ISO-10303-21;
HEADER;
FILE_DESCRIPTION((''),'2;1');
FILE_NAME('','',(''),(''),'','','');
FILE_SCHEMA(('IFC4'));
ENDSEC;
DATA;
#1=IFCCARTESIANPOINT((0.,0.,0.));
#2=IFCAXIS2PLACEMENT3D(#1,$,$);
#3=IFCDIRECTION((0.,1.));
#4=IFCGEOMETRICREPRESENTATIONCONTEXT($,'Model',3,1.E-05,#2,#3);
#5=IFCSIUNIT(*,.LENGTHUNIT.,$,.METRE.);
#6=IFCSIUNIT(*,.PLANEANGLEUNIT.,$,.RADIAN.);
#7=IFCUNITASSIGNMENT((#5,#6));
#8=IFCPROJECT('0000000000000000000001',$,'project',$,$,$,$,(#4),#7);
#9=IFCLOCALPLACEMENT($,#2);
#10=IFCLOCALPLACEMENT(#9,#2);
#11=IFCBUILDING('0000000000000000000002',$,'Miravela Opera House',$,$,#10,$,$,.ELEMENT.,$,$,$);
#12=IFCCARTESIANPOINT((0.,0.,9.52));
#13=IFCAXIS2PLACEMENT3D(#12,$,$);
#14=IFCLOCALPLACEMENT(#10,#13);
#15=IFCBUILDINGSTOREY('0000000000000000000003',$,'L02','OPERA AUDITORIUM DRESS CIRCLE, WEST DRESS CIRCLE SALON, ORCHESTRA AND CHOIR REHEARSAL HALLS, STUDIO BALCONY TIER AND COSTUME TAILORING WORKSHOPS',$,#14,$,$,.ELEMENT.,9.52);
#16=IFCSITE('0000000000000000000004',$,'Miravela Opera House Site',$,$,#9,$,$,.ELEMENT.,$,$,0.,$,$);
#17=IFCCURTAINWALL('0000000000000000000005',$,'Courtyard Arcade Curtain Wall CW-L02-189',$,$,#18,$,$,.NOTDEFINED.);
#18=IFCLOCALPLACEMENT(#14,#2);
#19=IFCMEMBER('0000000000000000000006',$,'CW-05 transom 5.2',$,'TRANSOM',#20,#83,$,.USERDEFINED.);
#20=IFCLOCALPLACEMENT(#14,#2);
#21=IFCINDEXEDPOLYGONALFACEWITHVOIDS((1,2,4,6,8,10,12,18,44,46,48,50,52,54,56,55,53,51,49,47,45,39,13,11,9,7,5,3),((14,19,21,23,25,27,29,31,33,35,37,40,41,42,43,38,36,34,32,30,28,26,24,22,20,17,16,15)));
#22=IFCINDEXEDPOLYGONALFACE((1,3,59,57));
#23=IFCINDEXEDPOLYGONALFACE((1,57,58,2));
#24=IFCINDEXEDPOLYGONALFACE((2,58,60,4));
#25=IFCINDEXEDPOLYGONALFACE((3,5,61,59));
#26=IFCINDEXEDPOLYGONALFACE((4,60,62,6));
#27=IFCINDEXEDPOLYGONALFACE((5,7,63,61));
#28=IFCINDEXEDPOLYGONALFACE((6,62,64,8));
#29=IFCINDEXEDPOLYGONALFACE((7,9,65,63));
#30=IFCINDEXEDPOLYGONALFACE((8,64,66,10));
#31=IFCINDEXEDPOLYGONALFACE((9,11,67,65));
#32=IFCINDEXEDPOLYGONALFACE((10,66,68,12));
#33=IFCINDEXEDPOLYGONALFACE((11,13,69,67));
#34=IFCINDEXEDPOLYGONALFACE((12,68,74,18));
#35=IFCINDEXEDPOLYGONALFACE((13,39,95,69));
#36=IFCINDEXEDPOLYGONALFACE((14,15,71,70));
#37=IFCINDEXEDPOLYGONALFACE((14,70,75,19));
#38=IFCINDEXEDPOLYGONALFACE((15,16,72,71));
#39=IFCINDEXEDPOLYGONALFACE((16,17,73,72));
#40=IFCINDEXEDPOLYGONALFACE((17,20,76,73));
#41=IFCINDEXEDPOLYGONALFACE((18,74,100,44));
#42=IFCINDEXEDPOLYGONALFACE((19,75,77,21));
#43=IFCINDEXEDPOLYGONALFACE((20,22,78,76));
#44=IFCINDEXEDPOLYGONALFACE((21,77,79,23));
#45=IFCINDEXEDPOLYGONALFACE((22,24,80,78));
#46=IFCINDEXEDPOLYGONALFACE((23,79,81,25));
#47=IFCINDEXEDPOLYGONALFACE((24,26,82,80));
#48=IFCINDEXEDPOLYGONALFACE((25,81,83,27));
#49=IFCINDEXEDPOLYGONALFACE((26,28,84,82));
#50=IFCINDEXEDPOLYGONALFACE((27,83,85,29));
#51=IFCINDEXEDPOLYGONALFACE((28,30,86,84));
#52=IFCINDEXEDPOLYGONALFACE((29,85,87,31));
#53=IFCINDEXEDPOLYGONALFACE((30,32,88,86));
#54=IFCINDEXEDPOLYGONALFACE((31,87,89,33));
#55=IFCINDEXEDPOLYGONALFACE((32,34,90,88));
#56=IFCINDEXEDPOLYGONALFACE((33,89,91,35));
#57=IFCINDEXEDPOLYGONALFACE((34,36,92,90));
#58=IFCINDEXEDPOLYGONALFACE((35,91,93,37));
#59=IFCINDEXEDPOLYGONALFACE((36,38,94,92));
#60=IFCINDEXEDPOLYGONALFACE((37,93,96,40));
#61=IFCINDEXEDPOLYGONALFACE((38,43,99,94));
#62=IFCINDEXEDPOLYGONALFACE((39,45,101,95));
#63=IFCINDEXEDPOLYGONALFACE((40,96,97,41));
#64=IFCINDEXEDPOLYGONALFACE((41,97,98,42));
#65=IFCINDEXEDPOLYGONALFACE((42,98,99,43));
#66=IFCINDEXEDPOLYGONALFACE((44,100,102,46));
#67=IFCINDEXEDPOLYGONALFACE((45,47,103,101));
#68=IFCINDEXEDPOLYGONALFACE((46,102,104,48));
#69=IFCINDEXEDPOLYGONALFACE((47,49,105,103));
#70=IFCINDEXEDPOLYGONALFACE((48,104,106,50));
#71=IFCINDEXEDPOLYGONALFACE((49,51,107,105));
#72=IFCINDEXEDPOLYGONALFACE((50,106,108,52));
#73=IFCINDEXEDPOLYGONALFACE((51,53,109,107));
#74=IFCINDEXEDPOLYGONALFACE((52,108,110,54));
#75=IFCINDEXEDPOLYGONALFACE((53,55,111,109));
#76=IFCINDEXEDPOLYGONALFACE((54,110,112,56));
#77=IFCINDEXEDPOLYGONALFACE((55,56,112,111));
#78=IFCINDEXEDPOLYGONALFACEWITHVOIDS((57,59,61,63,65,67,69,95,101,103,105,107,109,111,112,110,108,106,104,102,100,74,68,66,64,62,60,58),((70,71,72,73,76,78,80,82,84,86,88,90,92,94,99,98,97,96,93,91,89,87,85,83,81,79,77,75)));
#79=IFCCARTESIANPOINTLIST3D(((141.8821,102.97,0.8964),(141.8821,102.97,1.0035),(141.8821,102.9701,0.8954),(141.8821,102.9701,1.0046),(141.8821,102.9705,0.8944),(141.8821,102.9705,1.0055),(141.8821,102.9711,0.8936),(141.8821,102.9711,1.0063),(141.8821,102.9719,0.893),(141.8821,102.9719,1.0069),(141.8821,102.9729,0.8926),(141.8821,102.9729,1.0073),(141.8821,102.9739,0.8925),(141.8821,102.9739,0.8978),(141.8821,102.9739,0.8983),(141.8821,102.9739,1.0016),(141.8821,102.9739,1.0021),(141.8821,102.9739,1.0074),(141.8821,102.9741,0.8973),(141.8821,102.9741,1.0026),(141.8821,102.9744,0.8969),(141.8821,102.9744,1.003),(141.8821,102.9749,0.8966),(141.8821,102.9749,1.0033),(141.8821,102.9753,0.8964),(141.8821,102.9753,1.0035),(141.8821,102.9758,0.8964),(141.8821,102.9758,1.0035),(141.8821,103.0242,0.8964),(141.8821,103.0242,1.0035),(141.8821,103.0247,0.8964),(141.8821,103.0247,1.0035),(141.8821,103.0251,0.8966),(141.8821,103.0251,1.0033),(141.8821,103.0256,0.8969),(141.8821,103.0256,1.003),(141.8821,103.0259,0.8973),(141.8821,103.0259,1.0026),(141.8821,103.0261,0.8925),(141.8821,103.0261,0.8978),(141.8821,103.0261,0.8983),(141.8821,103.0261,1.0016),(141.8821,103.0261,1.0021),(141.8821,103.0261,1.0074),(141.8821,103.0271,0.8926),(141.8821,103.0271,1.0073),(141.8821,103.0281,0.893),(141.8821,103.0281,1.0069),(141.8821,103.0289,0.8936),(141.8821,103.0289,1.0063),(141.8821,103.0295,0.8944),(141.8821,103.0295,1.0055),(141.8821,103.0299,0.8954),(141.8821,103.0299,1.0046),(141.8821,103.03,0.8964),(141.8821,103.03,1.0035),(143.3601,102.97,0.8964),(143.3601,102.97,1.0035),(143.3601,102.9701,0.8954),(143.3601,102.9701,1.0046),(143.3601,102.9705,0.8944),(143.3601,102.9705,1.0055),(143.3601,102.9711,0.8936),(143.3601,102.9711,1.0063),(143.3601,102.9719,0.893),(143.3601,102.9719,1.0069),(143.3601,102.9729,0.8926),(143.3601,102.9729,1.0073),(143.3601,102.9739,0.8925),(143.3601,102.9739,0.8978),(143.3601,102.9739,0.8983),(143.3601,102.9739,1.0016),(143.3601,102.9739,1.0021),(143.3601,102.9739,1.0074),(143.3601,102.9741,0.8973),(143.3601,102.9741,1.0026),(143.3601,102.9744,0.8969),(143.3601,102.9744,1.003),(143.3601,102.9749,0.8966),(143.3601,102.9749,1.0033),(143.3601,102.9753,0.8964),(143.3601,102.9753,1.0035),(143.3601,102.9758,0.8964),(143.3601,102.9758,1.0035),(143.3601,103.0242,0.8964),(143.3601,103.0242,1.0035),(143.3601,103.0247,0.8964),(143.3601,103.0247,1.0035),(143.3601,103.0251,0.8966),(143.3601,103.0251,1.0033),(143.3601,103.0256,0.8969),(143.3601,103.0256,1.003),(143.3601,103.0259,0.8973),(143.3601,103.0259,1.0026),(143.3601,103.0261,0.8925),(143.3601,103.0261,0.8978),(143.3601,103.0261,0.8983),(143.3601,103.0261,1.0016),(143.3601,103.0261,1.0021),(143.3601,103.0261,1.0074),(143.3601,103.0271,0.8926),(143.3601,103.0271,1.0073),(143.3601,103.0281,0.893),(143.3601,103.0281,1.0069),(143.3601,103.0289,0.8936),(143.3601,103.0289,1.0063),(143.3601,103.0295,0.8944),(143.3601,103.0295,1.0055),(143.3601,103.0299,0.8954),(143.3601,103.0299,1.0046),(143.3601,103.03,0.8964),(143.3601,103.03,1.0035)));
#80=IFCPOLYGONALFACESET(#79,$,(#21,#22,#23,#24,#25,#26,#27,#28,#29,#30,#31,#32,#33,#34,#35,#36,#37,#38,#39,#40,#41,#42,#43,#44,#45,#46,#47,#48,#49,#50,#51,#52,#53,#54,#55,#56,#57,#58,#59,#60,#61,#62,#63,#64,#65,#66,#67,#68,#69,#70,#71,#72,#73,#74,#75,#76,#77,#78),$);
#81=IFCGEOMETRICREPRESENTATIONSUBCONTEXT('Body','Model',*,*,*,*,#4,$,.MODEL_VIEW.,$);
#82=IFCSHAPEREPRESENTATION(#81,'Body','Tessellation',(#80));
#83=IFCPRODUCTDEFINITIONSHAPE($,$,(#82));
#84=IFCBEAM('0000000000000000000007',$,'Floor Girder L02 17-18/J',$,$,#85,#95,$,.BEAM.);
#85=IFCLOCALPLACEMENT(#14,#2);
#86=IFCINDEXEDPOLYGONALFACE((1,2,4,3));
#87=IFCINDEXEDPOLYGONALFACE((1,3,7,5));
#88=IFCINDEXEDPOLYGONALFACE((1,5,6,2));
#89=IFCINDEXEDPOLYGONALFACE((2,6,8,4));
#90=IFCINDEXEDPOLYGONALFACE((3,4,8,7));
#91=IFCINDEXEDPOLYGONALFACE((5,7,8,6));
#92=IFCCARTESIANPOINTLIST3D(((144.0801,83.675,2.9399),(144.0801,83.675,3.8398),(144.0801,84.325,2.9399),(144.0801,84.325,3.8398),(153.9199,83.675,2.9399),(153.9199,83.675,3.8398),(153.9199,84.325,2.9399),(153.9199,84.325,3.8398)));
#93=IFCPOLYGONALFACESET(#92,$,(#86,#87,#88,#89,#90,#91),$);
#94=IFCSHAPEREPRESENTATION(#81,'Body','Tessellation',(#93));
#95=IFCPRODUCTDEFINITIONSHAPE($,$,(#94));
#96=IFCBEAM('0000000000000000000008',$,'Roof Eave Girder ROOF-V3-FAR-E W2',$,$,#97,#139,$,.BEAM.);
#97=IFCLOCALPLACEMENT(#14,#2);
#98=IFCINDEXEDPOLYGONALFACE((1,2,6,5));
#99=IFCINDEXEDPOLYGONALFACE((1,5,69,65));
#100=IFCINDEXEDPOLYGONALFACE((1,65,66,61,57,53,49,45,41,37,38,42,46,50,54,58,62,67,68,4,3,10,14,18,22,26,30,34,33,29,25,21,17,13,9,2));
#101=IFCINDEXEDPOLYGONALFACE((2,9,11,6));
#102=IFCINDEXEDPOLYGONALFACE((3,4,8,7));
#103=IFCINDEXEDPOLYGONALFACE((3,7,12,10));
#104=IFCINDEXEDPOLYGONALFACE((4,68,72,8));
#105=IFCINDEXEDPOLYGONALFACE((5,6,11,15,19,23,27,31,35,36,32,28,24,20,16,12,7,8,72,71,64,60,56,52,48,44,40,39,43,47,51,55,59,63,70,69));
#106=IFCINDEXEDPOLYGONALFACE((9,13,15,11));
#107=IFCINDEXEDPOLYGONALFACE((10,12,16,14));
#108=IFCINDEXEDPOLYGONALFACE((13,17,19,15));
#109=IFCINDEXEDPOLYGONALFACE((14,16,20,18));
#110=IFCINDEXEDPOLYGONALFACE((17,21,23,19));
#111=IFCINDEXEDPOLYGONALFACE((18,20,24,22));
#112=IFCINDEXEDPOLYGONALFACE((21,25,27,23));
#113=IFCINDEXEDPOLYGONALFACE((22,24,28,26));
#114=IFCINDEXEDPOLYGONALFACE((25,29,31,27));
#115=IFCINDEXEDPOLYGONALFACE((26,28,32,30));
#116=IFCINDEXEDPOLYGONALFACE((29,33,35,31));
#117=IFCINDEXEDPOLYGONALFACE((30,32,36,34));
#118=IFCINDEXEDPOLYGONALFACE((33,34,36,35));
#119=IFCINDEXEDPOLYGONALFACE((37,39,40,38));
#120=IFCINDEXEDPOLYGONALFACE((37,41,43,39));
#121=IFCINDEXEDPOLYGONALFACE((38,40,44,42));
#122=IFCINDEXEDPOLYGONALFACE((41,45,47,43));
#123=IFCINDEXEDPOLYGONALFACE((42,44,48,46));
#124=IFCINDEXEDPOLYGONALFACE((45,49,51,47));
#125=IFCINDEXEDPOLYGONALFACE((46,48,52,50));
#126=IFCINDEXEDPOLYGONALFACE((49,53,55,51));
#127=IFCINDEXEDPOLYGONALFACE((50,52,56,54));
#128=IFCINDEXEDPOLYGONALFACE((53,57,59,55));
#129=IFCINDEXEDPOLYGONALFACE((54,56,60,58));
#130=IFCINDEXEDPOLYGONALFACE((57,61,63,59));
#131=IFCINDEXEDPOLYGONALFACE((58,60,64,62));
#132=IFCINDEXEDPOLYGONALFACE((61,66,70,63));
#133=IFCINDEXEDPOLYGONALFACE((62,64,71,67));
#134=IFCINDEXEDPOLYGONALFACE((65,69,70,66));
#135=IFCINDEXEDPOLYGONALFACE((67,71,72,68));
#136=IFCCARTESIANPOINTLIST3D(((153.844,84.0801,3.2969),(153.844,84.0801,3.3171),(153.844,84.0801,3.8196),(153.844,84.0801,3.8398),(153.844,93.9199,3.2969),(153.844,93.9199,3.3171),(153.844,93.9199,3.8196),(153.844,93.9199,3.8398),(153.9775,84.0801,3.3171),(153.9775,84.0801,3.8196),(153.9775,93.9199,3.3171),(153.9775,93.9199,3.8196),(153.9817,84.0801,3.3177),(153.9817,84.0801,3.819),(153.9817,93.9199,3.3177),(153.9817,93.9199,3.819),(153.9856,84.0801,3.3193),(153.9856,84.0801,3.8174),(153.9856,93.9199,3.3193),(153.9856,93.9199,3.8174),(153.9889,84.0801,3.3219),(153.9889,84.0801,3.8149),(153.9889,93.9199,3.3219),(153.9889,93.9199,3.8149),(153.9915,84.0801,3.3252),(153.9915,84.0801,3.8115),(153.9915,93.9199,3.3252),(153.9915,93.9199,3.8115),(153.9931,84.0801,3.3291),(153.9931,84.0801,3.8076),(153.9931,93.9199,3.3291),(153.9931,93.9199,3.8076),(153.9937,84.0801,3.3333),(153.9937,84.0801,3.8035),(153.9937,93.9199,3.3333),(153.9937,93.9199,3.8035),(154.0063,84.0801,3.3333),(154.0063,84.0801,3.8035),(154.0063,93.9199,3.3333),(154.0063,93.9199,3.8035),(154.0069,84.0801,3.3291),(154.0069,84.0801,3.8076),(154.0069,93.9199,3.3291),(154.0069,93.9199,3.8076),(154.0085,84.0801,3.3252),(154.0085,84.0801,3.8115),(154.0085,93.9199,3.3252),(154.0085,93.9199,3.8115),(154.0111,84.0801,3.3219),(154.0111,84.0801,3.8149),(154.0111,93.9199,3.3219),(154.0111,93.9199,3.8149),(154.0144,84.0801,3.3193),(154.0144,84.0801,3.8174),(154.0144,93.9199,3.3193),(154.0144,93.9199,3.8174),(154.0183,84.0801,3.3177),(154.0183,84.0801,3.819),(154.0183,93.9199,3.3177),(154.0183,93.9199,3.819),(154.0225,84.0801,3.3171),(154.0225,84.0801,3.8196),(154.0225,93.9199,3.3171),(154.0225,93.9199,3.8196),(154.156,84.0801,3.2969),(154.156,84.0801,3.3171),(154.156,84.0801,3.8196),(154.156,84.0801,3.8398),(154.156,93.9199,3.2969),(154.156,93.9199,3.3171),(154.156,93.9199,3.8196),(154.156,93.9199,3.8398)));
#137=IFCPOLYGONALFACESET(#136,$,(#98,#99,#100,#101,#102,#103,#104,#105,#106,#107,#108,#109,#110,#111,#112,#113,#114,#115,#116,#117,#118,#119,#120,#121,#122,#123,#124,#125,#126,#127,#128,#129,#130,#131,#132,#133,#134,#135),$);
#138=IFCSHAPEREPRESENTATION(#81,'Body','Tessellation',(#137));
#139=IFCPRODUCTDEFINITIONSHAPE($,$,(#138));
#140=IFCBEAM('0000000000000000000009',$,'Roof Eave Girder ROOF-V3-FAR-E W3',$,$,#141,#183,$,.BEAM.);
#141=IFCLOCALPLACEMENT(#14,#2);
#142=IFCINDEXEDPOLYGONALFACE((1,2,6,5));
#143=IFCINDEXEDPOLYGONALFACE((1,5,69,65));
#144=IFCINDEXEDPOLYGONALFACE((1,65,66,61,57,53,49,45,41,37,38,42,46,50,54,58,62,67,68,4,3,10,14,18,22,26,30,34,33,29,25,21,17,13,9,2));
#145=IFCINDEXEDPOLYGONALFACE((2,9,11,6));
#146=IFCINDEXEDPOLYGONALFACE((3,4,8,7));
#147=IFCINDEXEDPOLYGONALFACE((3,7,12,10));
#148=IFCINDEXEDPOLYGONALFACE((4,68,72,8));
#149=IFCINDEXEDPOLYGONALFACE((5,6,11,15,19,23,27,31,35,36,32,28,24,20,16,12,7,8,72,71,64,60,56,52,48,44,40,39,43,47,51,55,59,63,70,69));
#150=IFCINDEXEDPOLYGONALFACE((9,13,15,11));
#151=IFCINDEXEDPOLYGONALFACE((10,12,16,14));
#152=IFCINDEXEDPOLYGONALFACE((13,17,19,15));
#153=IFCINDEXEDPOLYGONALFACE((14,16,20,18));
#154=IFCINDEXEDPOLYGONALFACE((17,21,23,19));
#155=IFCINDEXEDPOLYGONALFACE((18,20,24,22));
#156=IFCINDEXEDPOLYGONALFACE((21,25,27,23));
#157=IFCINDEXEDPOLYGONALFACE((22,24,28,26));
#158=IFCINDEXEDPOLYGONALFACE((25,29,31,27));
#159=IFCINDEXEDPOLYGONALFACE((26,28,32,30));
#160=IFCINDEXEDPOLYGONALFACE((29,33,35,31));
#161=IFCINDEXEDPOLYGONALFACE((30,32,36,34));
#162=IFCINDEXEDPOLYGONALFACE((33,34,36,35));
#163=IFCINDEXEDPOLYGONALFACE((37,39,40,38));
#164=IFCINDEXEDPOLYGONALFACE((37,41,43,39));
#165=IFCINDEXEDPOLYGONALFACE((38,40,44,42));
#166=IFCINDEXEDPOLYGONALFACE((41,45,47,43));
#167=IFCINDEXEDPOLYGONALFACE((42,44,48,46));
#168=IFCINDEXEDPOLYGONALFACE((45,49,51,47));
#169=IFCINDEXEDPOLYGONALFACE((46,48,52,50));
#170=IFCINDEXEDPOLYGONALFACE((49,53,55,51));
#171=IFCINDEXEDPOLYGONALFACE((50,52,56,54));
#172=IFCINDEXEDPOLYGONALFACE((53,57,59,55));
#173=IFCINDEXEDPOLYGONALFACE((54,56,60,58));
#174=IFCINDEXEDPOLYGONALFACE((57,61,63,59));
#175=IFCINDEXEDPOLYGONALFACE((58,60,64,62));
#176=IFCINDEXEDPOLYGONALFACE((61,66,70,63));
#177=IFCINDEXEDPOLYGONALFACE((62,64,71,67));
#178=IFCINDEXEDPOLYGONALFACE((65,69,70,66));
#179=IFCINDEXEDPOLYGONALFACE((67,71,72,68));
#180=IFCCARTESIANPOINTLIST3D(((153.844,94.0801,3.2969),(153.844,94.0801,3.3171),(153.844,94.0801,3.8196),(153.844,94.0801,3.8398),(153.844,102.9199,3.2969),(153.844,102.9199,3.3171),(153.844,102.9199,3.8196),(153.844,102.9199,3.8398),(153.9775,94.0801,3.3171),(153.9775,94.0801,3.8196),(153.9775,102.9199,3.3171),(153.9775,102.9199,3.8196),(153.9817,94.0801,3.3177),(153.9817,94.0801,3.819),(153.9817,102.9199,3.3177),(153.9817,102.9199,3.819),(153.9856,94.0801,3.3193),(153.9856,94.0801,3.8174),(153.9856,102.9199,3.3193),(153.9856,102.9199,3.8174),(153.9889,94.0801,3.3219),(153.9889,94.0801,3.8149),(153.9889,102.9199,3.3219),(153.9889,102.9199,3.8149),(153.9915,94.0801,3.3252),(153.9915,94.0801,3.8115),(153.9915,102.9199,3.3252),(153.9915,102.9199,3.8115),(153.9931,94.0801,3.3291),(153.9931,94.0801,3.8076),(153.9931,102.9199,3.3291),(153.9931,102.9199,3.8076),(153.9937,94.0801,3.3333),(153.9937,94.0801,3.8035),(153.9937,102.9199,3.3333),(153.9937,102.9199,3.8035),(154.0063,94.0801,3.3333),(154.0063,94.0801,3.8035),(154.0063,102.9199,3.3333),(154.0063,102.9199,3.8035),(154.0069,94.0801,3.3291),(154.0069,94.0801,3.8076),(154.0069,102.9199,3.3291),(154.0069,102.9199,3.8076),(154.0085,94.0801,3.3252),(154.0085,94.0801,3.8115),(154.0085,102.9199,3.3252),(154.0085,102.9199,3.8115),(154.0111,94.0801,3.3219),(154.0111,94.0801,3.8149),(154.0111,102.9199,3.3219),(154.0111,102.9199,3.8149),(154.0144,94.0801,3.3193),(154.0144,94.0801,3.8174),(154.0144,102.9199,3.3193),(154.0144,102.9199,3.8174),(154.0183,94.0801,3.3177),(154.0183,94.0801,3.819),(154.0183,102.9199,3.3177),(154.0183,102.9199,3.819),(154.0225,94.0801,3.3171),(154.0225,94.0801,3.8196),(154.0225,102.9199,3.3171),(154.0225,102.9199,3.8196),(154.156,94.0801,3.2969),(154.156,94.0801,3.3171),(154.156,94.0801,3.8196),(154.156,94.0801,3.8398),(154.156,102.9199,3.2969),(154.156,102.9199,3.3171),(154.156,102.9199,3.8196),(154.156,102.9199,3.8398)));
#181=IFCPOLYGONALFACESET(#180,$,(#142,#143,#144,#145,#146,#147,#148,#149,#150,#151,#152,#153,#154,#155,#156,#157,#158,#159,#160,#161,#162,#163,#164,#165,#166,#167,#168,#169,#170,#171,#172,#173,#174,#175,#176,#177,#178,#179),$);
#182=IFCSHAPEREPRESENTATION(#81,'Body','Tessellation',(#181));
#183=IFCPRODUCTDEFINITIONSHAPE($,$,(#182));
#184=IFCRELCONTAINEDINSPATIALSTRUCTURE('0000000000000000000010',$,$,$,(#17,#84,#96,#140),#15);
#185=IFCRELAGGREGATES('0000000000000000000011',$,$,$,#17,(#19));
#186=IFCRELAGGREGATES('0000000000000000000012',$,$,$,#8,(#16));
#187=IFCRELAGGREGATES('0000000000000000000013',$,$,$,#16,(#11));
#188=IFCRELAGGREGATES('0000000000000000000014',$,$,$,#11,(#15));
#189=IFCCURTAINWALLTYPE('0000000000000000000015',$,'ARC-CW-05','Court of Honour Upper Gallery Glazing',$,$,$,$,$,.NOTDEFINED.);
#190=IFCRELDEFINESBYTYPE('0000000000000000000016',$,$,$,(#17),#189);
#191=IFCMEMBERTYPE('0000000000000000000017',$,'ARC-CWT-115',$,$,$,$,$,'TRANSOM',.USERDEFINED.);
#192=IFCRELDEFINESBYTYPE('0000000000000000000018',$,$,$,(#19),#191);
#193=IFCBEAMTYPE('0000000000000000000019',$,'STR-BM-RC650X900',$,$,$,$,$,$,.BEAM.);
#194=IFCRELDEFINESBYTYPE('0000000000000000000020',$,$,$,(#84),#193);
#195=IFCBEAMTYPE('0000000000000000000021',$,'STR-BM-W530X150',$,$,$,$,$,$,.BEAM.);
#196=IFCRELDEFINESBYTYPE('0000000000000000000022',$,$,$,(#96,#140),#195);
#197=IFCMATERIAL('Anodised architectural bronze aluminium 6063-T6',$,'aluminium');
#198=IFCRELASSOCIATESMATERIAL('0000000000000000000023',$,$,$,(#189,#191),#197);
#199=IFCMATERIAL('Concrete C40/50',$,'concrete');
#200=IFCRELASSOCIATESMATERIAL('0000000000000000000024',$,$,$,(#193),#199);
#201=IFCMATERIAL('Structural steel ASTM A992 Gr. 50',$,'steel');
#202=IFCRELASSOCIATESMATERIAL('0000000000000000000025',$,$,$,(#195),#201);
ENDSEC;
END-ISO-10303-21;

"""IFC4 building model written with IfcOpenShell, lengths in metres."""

from ifc_helpers import new_model, si_unit, direction, frame, origin, origin_2d, place, context, subcontext, project, spatial, rectangle, hollow_rectangle, i_section, extrude, material, material_profile, profile_set, type_object, element, aggregate, save


model = new_model("IFC4")

# Units and contexts
model_context = context("Model", 3, precision=1e-05, world=origin(), true_north=direction((0.0, 1.0)))
body_context = subcontext(model_context, "Body", "Model", "MODEL_VIEW")
ifc_project = project(units=[si_unit("LENGTHUNIT", "METRE"), si_unit("PLANEANGLEUNIT", "RADIAN")], contexts=[model_context])

# Site, building, storey
site_placement = place(None, origin())
site = spatial("IfcSite", under=ifc_project, at=site_placement, Name="Miravela Opera House Site", CompositionType="ELEMENT", RefElevation=0.0)
building_placement = place(site_placement, origin())
building = spatial("IfcBuilding", under=site, at=building_placement, Name="Miravela Opera House", CompositionType="ELEMENT")
storey_placement = place(building_placement, frame((0.0, 0.0, 9.52)))
storey = spatial("IfcBuildingStorey", under=building, at=storey_placement, Name="L02", Description="OPERA AUDITORIUM DRESS CIRCLE, WEST DRESS CIRCLE SALON, ORCHESTRA AND CHOIR REHEARSAL HALLS, STUDIO BALCONY TIER AND COSTUME TAILORING WORKSHOPS", CompositionType="ELEMENT", Elevation=9.52)

# Curtain wall, member
ifc_material_1 = material(Name="Anodised architectural bronze aluminium 6063-T6", Category="aluminium")
curtain_wall_type = type_object("IfcCurtainWallType", Name="ARC-CW-05", Description="Court of Honour Upper Gallery Glazing", PredefinedType="NOTDEFINED", material=ifc_material_1)
curtain_wall_1_placement = place(storey_placement, origin())
curtain_wall_1 = element("IfcCurtainWall", 1, at=curtain_wall_1_placement, inside=storey, type_object=curtain_wall_type, Name="Courtyard Arcade Curtain Wall CW-L02-189", PredefinedType="NOTDEFINED")
ifc_material_profile_1 = material_profile(ifc_material_1, hollow_rectangle(XDim=0.0601, YDim=0.115, WallThickness=0.0039, InnerFilletRadius=0.002, OuterFilletRadius=0.0039, at=origin_2d()), Name="CWT-60X115")
ifc_profile_set_1 = profile_set([ifc_material_profile_1])
member_type_1 = type_object("IfcMemberType", Name="ARC-CWT-115", ElementType="TRANSOM", PredefinedType="USERDEFINED", material=ifc_profile_set_1)
member_1_placement = place(storey_placement, frame((141.8821, 103.0, 0.95), z_axis=(1.0, 0.0, 0.0), x_axis=(0.0, 1.0, 0.0)))
member_1 = element("IfcMember", 2, at=member_1_placement, type_object=member_type_1, Name="CW-05 transom 5.2", ObjectType="TRANSOM", PredefinedType="USERDEFINED", context=body_context, shape_type="SweptSolid", body=[
    extrude(hollow_rectangle(XDim=0.0601, YDim=0.115, WallThickness=0.0039, InnerFilletRadius=0.002, OuterFilletRadius=0.0039, at=origin_2d()), origin(), (0.0, 0.0, 1.0), 1.478),
])
aggregate(curtain_wall_1, [member_1])

# Beams
ifc_material_2 = material(Name="Concrete C40/50", Category="concrete")
ifc_material_profile_2 = material_profile(ifc_material_2, rectangle(XDim=0.6499, YDim=0.8999, at=origin_2d()), Name="RC-BM-650X900")
ifc_profile_set_2 = profile_set([ifc_material_profile_2])
beam_type_1 = type_object("IfcBeamType", Name="STR-BM-RC650X900", PredefinedType="BEAM", material=ifc_profile_set_2)
beam_1_placement = place(storey_placement, frame((144.0801, 84.0, 3.3899), z_axis=(1.0, 0.0, 0.0), x_axis=(0.0, 1.0, 0.0)))
element("IfcBeam", 3, at=beam_1_placement, inside=storey, type_object=beam_type_1, Name="Floor Girder L02 17-18/J", PredefinedType="BEAM", context=body_context, shape_type="SweptSolid", body=[
    extrude(rectangle(XDim=0.6499, YDim=0.8999, at=origin_2d()), origin(), (0.0, 0.0, 1.0), 9.8398),
])
ifc_material_3 = material(Name="Structural steel ASTM A992 Gr. 50", Category="steel")
ifc_material_profile_3 = material_profile(ifc_material_3, i_section(OverallWidth=0.312, OverallDepth=0.543, WebThickness=0.0127, FlangeThickness=0.0203, FilletRadius=0.0161, at=origin_2d()), Name="W530X150")
ifc_profile_set_3 = profile_set([ifc_material_profile_3])
beam_type_2 = type_object("IfcBeamType", Name="STR-BM-W530X150", PredefinedType="BEAM", material=ifc_profile_set_3)
beam_2_placement = place(storey_placement, frame((154.0, 84.0801, 3.5684), z_axis=(0.0, 1.0, 0.0), x_axis=(-1.0, 0.0, 0.0)))
element("IfcBeam", 4, at=beam_2_placement, inside=storey, type_object=beam_type_2, Name="Roof Eave Girder ROOF-V3-FAR-E W2", PredefinedType="BEAM", context=body_context, shape_type="SweptSolid", body=[
    extrude(i_section(OverallWidth=0.312, OverallDepth=0.543, WebThickness=0.0127, FlangeThickness=0.0203, FilletRadius=0.0161, at=origin_2d()), origin(), (0.0, 0.0, 1.0), 9.8398),
])
beam_3_placement = place(storey_placement, frame((154.0, 94.0801, 3.5684), z_axis=(0.0, 1.0, 0.0), x_axis=(-1.0, 0.0, 0.0)))
element("IfcBeam", 5, at=beam_3_placement, inside=storey, type_object=beam_type_2, Name="Roof Eave Girder ROOF-V3-FAR-E W3", PredefinedType="BEAM", context=body_context, shape_type="SweptSolid", body=[
    extrude(i_section(OverallWidth=0.312, OverallDepth=0.543, WebThickness=0.0127, FlangeThickness=0.0203, FilletRadius=0.0161, at=origin_2d()), origin(), (0.0, 0.0, 1.0), 8.8398),
])

save(model, "model.ifc")
